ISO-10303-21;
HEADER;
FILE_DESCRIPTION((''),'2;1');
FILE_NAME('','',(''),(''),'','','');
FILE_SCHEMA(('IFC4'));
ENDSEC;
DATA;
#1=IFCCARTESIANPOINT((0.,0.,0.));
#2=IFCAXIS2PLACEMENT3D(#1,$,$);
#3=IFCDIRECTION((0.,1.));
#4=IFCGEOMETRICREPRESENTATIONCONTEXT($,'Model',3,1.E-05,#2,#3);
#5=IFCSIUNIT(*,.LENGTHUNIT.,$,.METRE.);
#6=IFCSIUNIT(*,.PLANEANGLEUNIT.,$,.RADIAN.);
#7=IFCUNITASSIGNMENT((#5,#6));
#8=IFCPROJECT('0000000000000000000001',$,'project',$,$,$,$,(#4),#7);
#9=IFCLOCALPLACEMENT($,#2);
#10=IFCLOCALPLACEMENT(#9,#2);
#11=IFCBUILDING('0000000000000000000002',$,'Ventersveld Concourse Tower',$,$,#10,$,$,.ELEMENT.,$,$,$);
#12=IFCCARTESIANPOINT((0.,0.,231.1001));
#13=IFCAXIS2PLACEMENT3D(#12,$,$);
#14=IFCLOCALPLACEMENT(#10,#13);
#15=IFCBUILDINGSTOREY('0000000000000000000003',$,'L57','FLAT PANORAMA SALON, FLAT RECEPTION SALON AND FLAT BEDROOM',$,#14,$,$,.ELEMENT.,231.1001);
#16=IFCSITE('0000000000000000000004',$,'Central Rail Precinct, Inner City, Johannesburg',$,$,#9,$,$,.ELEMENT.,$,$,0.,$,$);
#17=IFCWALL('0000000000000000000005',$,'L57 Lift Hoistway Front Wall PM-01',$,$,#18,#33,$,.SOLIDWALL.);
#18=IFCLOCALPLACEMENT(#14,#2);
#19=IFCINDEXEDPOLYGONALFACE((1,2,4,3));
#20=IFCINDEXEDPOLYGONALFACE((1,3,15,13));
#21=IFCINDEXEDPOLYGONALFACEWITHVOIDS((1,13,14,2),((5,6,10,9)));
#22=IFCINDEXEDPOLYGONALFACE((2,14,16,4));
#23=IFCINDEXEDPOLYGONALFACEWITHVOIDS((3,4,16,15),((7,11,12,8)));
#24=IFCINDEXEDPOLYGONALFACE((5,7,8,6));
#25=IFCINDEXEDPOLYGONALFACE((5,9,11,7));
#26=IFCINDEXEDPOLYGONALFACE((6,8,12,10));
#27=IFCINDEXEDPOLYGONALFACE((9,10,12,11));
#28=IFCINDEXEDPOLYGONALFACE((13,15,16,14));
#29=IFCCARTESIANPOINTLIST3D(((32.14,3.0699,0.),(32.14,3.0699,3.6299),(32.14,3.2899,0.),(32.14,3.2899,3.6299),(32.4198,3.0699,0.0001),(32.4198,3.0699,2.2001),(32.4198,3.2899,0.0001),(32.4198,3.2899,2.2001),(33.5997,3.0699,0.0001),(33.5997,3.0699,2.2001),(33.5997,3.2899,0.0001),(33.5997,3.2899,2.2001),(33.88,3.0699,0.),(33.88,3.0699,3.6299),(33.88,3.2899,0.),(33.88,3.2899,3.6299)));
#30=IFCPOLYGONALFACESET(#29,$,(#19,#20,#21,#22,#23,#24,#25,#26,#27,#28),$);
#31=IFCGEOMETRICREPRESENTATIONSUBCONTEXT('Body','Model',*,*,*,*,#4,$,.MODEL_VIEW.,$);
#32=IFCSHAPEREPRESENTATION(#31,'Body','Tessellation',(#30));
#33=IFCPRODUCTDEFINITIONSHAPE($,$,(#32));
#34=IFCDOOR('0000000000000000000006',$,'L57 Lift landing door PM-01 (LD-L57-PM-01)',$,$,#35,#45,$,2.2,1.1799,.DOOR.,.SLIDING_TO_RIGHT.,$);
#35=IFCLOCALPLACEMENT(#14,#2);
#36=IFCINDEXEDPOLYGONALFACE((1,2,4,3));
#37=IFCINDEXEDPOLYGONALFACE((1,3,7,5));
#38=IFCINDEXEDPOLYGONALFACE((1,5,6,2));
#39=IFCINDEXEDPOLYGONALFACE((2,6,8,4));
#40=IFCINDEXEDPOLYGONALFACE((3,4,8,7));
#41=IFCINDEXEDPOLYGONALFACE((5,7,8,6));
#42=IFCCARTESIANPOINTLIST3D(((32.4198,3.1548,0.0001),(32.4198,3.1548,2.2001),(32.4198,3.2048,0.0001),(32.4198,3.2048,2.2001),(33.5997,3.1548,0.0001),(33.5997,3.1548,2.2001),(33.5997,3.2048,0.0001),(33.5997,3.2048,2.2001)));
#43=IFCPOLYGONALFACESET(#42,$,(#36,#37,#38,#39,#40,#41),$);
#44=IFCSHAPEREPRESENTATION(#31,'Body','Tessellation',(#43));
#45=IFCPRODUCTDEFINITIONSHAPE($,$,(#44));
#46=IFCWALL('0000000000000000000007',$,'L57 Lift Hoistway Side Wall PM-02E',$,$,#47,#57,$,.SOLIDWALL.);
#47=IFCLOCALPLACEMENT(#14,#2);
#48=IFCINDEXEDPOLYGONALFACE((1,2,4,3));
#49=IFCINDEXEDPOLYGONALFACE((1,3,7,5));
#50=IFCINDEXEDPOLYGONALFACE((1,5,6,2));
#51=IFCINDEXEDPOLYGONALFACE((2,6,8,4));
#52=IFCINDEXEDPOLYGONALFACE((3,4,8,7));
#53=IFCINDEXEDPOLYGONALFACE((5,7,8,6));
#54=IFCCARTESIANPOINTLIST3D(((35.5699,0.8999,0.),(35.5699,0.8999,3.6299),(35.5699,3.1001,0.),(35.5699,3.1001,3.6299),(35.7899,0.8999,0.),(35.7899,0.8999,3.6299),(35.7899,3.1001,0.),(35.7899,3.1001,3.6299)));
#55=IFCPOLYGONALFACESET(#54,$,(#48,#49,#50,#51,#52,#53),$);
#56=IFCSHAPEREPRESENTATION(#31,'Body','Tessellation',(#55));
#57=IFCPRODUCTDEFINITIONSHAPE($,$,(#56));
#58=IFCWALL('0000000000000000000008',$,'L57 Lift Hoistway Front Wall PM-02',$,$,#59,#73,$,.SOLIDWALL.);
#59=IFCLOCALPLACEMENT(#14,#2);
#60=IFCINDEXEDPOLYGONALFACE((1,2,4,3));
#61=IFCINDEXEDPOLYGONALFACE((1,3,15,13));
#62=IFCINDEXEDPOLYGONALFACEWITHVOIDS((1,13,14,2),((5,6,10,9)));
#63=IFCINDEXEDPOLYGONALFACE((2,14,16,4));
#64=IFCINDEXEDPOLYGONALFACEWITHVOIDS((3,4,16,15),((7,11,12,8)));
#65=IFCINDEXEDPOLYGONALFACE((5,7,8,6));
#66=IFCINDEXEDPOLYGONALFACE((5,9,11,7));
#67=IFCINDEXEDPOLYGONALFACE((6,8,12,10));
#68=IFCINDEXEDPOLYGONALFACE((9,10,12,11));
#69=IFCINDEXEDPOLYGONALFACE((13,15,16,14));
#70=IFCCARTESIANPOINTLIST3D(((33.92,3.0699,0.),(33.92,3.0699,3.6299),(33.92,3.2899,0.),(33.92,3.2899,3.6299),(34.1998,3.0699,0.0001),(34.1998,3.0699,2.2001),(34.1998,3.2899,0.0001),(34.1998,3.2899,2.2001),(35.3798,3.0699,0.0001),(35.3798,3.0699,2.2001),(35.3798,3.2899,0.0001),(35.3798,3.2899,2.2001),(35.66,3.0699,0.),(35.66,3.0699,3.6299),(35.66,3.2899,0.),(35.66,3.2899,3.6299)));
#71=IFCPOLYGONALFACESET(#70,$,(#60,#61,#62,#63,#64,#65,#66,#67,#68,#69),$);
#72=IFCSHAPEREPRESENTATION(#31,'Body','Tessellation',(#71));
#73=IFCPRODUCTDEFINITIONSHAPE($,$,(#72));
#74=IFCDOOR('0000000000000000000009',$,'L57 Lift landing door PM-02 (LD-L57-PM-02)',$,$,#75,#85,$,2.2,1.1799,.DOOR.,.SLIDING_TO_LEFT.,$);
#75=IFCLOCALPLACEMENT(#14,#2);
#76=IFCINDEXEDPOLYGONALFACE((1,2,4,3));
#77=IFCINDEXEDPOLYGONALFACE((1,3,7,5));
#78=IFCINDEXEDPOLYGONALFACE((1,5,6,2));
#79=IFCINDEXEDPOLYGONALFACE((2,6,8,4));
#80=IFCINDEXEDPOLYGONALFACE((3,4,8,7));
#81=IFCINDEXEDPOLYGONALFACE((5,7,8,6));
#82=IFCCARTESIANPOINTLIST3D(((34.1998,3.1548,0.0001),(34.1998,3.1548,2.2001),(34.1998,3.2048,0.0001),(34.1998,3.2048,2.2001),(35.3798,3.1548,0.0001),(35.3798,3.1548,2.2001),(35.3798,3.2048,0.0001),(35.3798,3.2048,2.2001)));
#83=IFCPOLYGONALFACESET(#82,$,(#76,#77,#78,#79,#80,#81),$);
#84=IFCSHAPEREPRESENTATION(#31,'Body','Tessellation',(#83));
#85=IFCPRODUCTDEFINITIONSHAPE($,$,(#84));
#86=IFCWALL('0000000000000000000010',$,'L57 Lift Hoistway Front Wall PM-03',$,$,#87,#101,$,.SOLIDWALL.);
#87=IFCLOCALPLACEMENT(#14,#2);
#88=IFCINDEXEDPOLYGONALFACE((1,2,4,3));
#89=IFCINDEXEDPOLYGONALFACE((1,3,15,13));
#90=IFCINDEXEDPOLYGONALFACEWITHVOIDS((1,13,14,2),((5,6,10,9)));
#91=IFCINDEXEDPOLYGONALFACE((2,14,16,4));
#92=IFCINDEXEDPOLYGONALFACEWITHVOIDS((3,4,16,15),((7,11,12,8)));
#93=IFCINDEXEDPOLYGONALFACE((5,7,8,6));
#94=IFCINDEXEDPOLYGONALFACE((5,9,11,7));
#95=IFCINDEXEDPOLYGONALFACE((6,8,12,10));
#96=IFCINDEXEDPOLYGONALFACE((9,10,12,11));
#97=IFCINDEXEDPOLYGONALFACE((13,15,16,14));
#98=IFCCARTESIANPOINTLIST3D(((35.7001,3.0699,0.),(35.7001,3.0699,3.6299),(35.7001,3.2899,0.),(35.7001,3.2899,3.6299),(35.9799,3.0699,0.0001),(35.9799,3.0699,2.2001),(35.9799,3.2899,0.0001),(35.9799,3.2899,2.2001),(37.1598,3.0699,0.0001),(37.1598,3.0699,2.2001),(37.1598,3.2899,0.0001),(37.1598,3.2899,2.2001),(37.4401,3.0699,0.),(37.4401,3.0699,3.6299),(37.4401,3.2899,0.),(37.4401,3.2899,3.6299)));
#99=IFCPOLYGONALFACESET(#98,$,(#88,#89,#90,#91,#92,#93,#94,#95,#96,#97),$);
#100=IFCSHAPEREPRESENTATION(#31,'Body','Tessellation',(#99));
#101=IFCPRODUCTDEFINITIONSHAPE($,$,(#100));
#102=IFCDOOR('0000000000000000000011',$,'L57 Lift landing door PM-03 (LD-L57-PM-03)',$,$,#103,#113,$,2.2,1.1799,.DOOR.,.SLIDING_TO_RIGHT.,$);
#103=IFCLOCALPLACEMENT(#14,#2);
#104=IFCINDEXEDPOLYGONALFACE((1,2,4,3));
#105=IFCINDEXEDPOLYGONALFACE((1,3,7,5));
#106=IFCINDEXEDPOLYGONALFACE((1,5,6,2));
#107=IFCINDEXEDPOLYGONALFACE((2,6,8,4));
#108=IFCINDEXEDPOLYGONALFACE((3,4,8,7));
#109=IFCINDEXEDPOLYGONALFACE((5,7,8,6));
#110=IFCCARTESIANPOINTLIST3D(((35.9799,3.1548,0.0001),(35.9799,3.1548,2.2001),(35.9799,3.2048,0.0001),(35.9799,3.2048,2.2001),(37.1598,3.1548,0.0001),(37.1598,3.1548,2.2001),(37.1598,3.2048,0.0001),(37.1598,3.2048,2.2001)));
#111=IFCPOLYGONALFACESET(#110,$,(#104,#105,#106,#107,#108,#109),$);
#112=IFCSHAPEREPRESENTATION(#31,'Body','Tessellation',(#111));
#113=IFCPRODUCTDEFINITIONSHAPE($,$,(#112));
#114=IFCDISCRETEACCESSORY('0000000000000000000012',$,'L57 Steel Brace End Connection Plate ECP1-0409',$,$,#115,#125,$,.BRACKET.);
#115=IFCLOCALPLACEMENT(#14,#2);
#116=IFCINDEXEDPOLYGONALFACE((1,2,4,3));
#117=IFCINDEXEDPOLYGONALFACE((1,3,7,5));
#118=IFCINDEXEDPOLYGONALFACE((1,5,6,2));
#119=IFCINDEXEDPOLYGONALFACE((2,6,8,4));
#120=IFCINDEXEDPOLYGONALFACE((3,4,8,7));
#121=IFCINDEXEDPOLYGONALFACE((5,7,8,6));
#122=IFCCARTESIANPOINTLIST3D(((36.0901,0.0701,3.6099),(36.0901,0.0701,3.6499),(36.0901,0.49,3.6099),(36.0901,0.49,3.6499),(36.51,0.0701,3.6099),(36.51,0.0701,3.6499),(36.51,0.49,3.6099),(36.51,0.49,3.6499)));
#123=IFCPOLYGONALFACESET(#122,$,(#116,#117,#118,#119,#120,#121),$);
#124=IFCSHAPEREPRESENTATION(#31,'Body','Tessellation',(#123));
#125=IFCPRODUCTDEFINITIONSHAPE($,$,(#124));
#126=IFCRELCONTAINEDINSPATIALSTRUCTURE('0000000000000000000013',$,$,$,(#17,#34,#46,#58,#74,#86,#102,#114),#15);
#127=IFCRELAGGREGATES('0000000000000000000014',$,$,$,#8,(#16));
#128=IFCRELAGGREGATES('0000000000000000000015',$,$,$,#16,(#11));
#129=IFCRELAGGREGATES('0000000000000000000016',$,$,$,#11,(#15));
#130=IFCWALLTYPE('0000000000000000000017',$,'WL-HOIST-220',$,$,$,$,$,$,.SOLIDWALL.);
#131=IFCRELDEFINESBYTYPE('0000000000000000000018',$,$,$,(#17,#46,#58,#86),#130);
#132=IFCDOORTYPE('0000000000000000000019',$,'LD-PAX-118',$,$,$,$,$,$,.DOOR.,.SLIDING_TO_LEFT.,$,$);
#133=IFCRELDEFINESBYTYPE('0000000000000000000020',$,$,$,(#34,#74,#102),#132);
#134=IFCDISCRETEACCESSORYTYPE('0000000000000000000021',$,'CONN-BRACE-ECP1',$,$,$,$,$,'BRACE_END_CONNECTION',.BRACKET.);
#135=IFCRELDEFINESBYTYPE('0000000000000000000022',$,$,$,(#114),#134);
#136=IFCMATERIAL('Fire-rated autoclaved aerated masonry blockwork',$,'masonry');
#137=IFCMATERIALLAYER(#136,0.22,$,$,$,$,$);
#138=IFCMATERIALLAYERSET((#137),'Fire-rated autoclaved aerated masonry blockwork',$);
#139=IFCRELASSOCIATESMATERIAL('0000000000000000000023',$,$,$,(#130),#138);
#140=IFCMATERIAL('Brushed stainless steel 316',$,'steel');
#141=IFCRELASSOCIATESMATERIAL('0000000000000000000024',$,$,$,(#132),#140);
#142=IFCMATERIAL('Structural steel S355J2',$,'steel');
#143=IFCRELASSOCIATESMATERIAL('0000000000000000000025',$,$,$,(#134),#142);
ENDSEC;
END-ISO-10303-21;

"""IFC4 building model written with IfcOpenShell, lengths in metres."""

from ifc_helpers import new_model, si_unit, direction, frame, frame_2d, origin, origin_2d, place, context, subcontext, project, spatial, rectangle, extrude, material, layer, layer_set, type_object, element, fill, save


model = new_model("IFC4")

# Units and contexts
model_context = context("Model", 3, precision=1e-05, world=origin(), true_north=direction((0.0, 1.0)))
body_context = subcontext(model_context, "Body", "Model", "MODEL_VIEW")
ifc_project = project(units=[si_unit("LENGTHUNIT", "METRE"), si_unit("PLANEANGLEUNIT", "RADIAN")], contexts=[model_context])

# Site, building, storey
site_placement = place(None, origin())
site = spatial("IfcSite", under=ifc_project, at=site_placement, Name="Central Rail Precinct, Inner City, Johannesburg", CompositionType="ELEMENT", RefElevation=0.0)
building_placement = place(site_placement, origin())
building = spatial("IfcBuilding", under=site, at=building_placement, Name="Ventersveld Concourse Tower", CompositionType="ELEMENT")
storey_placement = place(building_placement, frame((0.0, 0.0, 231.1001)))
storey = spatial("IfcBuildingStorey", under=building, at=storey_placement, Name="L57", Description="FLAT PANORAMA SALON, FLAT RECEPTION SALON AND FLAT BEDROOM", CompositionType="ELEMENT", Elevation=231.1001)

# Shared definitions
ifc_material_1 = material(Name="Fire-rated autoclaved aerated masonry blockwork", Category="masonry")

# Shared definitions
ifc_layer_1 = layer(ifc_material_1, 0.22)
ifc_layer_set_1 = layer_set([ifc_layer_1], Name="Fire-rated autoclaved aerated masonry blockwork")
wall_type_1 = type_object("IfcWallType", Name="WL-HOIST-220", PredefinedType="SOLIDWALL", material=ifc_layer_set_1)

# Shared definitions
ifc_material_2 = material(Name="Brushed stainless steel 316", Category="steel")
door_type_1 = type_object("IfcDoorType", Name="LD-PAX-118", OperationType="SLIDING_TO_LEFT", PredefinedType="DOOR", material=ifc_material_2)

# Wall, opening, door
wall_1_placement = place(storey_placement, frame((32.1399, 3.1799, 0.0), z_axis=(0.0, 0.0, 1.0), x_axis=(1.0, 0.0, 0.0)))
wall_1 = element("IfcWall", 1, at=wall_1_placement, inside=storey, type_object=wall_type_1, Name="L57 Lift Hoistway Front Wall PM-01", PredefinedType="SOLIDWALL", context=body_context, shape_type="SweptSolid", body=[
    extrude(rectangle(XDim=1.74, YDim=0.22, at=frame_2d((0.8701, 0.0))), origin(), (0.0, 0.0, 1.0), 3.6299),
])
opening_1_placement = place(wall_1_placement, frame((0.28, 0.0, 0.0)))
opening_1 = element("IfcOpeningElement", 2, at=opening_1_placement, cuts=wall_1, PredefinedType="OPENING", context=body_context, shape_type="SweptSolid", body=[
    extrude(rectangle(XDim=1.1799, YDim=2.2, at=frame_2d((0.5898, 1.1001))), frame((0.0, 0.1201, 0.0), z_axis=(0.0, -1.0, 0.0), x_axis=(1.0, 0.0, 0.0)), (0.0, 0.0, 1.0), 0.24),
])
door_1_placement = place(opening_1_placement, origin())
door_1 = element("IfcDoor", 3, at=door_1_placement, inside=storey, type_object=door_type_1, Name="L57 Lift landing door PM-01 (LD-L57-PM-01)", OperationType="SLIDING_TO_RIGHT", OverallHeight=2.2, OverallWidth=1.1799, PredefinedType="DOOR", context=body_context, shape_type="SweptSolid", body=[
    extrude(rectangle(XDim=1.1799, YDim=2.2, at=frame_2d((0.5898, 1.1001))), frame((0.0, 0.0249, 0.0), z_axis=(0.0, -1.0, 0.0), x_axis=(1.0, 0.0, 0.0)), (0.0, 0.0, 1.0), 0.05),
])
fill(opening_1, door_1)

# Wall
wall_2_placement = place(storey_placement, frame((35.6799, 0.8999, 0.0), z_axis=(0.0, 0.0, 1.0), x_axis=(0.0, 1.0, 0.0)))
element("IfcWall", 4, at=wall_2_placement, inside=storey, type_object=wall_type_1, Name="L57 Lift Hoistway Side Wall PM-02E", PredefinedType="SOLIDWALL", context=body_context, shape_type="SweptSolid", body=[
    extrude(rectangle(XDim=2.2002, YDim=0.22, at=frame_2d((1.1001, 0.0))), origin(), (0.0, 0.0, 1.0), 3.6299),
])

# Walls, openings, doors
wall_3_placement = place(storey_placement, frame((33.9199, 3.1799, 0.0), z_axis=(0.0, 0.0, 1.0), x_axis=(1.0, 0.0, 0.0)))
wall_3 = element("IfcWall", 5, at=wall_3_placement, inside=storey, type_object=wall_type_1, Name="L57 Lift Hoistway Front Wall PM-02", PredefinedType="SOLIDWALL", context=body_context, shape_type="SweptSolid", body=[
    extrude(rectangle(XDim=1.74, YDim=0.22, at=frame_2d((0.8701, 0.0))), origin(), (0.0, 0.0, 1.0), 3.6299),
])
opening_2_placement = place(wall_3_placement, frame((0.28, 0.0, 0.0)))
opening_2 = element("IfcOpeningElement", 6, at=opening_2_placement, cuts=wall_3, PredefinedType="OPENING", context=body_context, shape_type="SweptSolid", body=[
    extrude(rectangle(XDim=1.1799, YDim=2.2, at=frame_2d((0.5898, 1.1001))), frame((0.0, 0.1201, 0.0), z_axis=(0.0, -1.0, 0.0), x_axis=(1.0, 0.0, 0.0)), (0.0, 0.0, 1.0), 0.24),
])
door_2_placement = place(opening_2_placement, origin())
door_2 = element("IfcDoor", 7, at=door_2_placement, inside=storey, type_object=door_type_1, Name="L57 Lift landing door PM-02 (LD-L57-PM-02)", OperationType="SLIDING_TO_LEFT", OverallHeight=2.2, OverallWidth=1.1799, PredefinedType="DOOR", context=body_context, shape_type="SweptSolid", body=[
    extrude(rectangle(XDim=1.1799, YDim=2.2, at=frame_2d((0.5898, 1.1001))), frame((0.0, 0.0249, 0.0), z_axis=(0.0, -1.0, 0.0), x_axis=(1.0, 0.0, 0.0)), (0.0, 0.0, 1.0), 0.05),
])
fill(opening_2, door_2)
wall_4_placement = place(storey_placement, frame((35.7, 3.1799, 0.0), z_axis=(0.0, 0.0, 1.0), x_axis=(1.0, 0.0, 0.0)))
wall_4 = element("IfcWall", 8, at=wall_4_placement, inside=storey, type_object=wall_type_1, Name="L57 Lift Hoistway Front Wall PM-03", PredefinedType="SOLIDWALL", context=body_context, shape_type="SweptSolid", body=[
    extrude(rectangle(XDim=1.74, YDim=0.22, at=frame_2d((0.8701, 0.0))), origin(), (0.0, 0.0, 1.0), 3.6299),
])
opening_3_placement = place(wall_4_placement, frame((0.28, 0.0, 0.0)))
opening_3 = element("IfcOpeningElement", 9, at=opening_3_placement, cuts=wall_4, PredefinedType="OPENING", context=body_context, shape_type="SweptSolid", body=[
    extrude(rectangle(XDim=1.1799, YDim=2.2, at=frame_2d((0.5898, 1.1001))), frame((0.0, 0.1201, 0.0), z_axis=(0.0, -1.0, 0.0), x_axis=(1.0, 0.0, 0.0)), (0.0, 0.0, 1.0), 0.24),
])
door_3_placement = place(opening_3_placement, origin())
door_3 = element("IfcDoor", 10, at=door_3_placement, inside=storey, type_object=door_type_1, Name="L57 Lift landing door PM-03 (LD-L57-PM-03)", OperationType="SLIDING_TO_RIGHT", OverallHeight=2.2, OverallWidth=1.1799, PredefinedType="DOOR", context=body_context, shape_type="SweptSolid", body=[
    extrude(rectangle(XDim=1.1799, YDim=2.2, at=frame_2d((0.5898, 1.1001))), frame((0.0, 0.0249, 0.0), z_axis=(0.0, -1.0, 0.0), x_axis=(1.0, 0.0, 0.0)), (0.0, 0.0, 1.0), 0.05),
])
fill(opening_3, door_3)

# Discrete accessory
ifc_material_3 = material(Name="Structural steel S355J2", Category="steel")
discrete_accessory_type = type_object("IfcDiscreteAccessoryType", Name="CONN-BRACE-ECP1", ElementType="BRACE_END_CONNECTION", PredefinedType="BRACKET", material=ifc_material_3)
discrete_accessory_placement = place(storey_placement, frame((36.3, 0.28, 3.6099), z_axis=(0.0, 0.0, 1.0), x_axis=(1.0, 0.0, 0.0)))
element("IfcDiscreteAccessory", 11, at=discrete_accessory_placement, inside=storey, type_object=discrete_accessory_type, Name="L57 Steel Brace End Connection Plate ECP1-0409", PredefinedType="BRACKET", context=body_context, shape_type="SweptSolid", body=[
    extrude(rectangle(XDim=0.4199, YDim=0.4199, at=origin_2d()), origin(), (0.0, 0.0, 1.0), 0.04),
])

save(model, "model.ifc")
